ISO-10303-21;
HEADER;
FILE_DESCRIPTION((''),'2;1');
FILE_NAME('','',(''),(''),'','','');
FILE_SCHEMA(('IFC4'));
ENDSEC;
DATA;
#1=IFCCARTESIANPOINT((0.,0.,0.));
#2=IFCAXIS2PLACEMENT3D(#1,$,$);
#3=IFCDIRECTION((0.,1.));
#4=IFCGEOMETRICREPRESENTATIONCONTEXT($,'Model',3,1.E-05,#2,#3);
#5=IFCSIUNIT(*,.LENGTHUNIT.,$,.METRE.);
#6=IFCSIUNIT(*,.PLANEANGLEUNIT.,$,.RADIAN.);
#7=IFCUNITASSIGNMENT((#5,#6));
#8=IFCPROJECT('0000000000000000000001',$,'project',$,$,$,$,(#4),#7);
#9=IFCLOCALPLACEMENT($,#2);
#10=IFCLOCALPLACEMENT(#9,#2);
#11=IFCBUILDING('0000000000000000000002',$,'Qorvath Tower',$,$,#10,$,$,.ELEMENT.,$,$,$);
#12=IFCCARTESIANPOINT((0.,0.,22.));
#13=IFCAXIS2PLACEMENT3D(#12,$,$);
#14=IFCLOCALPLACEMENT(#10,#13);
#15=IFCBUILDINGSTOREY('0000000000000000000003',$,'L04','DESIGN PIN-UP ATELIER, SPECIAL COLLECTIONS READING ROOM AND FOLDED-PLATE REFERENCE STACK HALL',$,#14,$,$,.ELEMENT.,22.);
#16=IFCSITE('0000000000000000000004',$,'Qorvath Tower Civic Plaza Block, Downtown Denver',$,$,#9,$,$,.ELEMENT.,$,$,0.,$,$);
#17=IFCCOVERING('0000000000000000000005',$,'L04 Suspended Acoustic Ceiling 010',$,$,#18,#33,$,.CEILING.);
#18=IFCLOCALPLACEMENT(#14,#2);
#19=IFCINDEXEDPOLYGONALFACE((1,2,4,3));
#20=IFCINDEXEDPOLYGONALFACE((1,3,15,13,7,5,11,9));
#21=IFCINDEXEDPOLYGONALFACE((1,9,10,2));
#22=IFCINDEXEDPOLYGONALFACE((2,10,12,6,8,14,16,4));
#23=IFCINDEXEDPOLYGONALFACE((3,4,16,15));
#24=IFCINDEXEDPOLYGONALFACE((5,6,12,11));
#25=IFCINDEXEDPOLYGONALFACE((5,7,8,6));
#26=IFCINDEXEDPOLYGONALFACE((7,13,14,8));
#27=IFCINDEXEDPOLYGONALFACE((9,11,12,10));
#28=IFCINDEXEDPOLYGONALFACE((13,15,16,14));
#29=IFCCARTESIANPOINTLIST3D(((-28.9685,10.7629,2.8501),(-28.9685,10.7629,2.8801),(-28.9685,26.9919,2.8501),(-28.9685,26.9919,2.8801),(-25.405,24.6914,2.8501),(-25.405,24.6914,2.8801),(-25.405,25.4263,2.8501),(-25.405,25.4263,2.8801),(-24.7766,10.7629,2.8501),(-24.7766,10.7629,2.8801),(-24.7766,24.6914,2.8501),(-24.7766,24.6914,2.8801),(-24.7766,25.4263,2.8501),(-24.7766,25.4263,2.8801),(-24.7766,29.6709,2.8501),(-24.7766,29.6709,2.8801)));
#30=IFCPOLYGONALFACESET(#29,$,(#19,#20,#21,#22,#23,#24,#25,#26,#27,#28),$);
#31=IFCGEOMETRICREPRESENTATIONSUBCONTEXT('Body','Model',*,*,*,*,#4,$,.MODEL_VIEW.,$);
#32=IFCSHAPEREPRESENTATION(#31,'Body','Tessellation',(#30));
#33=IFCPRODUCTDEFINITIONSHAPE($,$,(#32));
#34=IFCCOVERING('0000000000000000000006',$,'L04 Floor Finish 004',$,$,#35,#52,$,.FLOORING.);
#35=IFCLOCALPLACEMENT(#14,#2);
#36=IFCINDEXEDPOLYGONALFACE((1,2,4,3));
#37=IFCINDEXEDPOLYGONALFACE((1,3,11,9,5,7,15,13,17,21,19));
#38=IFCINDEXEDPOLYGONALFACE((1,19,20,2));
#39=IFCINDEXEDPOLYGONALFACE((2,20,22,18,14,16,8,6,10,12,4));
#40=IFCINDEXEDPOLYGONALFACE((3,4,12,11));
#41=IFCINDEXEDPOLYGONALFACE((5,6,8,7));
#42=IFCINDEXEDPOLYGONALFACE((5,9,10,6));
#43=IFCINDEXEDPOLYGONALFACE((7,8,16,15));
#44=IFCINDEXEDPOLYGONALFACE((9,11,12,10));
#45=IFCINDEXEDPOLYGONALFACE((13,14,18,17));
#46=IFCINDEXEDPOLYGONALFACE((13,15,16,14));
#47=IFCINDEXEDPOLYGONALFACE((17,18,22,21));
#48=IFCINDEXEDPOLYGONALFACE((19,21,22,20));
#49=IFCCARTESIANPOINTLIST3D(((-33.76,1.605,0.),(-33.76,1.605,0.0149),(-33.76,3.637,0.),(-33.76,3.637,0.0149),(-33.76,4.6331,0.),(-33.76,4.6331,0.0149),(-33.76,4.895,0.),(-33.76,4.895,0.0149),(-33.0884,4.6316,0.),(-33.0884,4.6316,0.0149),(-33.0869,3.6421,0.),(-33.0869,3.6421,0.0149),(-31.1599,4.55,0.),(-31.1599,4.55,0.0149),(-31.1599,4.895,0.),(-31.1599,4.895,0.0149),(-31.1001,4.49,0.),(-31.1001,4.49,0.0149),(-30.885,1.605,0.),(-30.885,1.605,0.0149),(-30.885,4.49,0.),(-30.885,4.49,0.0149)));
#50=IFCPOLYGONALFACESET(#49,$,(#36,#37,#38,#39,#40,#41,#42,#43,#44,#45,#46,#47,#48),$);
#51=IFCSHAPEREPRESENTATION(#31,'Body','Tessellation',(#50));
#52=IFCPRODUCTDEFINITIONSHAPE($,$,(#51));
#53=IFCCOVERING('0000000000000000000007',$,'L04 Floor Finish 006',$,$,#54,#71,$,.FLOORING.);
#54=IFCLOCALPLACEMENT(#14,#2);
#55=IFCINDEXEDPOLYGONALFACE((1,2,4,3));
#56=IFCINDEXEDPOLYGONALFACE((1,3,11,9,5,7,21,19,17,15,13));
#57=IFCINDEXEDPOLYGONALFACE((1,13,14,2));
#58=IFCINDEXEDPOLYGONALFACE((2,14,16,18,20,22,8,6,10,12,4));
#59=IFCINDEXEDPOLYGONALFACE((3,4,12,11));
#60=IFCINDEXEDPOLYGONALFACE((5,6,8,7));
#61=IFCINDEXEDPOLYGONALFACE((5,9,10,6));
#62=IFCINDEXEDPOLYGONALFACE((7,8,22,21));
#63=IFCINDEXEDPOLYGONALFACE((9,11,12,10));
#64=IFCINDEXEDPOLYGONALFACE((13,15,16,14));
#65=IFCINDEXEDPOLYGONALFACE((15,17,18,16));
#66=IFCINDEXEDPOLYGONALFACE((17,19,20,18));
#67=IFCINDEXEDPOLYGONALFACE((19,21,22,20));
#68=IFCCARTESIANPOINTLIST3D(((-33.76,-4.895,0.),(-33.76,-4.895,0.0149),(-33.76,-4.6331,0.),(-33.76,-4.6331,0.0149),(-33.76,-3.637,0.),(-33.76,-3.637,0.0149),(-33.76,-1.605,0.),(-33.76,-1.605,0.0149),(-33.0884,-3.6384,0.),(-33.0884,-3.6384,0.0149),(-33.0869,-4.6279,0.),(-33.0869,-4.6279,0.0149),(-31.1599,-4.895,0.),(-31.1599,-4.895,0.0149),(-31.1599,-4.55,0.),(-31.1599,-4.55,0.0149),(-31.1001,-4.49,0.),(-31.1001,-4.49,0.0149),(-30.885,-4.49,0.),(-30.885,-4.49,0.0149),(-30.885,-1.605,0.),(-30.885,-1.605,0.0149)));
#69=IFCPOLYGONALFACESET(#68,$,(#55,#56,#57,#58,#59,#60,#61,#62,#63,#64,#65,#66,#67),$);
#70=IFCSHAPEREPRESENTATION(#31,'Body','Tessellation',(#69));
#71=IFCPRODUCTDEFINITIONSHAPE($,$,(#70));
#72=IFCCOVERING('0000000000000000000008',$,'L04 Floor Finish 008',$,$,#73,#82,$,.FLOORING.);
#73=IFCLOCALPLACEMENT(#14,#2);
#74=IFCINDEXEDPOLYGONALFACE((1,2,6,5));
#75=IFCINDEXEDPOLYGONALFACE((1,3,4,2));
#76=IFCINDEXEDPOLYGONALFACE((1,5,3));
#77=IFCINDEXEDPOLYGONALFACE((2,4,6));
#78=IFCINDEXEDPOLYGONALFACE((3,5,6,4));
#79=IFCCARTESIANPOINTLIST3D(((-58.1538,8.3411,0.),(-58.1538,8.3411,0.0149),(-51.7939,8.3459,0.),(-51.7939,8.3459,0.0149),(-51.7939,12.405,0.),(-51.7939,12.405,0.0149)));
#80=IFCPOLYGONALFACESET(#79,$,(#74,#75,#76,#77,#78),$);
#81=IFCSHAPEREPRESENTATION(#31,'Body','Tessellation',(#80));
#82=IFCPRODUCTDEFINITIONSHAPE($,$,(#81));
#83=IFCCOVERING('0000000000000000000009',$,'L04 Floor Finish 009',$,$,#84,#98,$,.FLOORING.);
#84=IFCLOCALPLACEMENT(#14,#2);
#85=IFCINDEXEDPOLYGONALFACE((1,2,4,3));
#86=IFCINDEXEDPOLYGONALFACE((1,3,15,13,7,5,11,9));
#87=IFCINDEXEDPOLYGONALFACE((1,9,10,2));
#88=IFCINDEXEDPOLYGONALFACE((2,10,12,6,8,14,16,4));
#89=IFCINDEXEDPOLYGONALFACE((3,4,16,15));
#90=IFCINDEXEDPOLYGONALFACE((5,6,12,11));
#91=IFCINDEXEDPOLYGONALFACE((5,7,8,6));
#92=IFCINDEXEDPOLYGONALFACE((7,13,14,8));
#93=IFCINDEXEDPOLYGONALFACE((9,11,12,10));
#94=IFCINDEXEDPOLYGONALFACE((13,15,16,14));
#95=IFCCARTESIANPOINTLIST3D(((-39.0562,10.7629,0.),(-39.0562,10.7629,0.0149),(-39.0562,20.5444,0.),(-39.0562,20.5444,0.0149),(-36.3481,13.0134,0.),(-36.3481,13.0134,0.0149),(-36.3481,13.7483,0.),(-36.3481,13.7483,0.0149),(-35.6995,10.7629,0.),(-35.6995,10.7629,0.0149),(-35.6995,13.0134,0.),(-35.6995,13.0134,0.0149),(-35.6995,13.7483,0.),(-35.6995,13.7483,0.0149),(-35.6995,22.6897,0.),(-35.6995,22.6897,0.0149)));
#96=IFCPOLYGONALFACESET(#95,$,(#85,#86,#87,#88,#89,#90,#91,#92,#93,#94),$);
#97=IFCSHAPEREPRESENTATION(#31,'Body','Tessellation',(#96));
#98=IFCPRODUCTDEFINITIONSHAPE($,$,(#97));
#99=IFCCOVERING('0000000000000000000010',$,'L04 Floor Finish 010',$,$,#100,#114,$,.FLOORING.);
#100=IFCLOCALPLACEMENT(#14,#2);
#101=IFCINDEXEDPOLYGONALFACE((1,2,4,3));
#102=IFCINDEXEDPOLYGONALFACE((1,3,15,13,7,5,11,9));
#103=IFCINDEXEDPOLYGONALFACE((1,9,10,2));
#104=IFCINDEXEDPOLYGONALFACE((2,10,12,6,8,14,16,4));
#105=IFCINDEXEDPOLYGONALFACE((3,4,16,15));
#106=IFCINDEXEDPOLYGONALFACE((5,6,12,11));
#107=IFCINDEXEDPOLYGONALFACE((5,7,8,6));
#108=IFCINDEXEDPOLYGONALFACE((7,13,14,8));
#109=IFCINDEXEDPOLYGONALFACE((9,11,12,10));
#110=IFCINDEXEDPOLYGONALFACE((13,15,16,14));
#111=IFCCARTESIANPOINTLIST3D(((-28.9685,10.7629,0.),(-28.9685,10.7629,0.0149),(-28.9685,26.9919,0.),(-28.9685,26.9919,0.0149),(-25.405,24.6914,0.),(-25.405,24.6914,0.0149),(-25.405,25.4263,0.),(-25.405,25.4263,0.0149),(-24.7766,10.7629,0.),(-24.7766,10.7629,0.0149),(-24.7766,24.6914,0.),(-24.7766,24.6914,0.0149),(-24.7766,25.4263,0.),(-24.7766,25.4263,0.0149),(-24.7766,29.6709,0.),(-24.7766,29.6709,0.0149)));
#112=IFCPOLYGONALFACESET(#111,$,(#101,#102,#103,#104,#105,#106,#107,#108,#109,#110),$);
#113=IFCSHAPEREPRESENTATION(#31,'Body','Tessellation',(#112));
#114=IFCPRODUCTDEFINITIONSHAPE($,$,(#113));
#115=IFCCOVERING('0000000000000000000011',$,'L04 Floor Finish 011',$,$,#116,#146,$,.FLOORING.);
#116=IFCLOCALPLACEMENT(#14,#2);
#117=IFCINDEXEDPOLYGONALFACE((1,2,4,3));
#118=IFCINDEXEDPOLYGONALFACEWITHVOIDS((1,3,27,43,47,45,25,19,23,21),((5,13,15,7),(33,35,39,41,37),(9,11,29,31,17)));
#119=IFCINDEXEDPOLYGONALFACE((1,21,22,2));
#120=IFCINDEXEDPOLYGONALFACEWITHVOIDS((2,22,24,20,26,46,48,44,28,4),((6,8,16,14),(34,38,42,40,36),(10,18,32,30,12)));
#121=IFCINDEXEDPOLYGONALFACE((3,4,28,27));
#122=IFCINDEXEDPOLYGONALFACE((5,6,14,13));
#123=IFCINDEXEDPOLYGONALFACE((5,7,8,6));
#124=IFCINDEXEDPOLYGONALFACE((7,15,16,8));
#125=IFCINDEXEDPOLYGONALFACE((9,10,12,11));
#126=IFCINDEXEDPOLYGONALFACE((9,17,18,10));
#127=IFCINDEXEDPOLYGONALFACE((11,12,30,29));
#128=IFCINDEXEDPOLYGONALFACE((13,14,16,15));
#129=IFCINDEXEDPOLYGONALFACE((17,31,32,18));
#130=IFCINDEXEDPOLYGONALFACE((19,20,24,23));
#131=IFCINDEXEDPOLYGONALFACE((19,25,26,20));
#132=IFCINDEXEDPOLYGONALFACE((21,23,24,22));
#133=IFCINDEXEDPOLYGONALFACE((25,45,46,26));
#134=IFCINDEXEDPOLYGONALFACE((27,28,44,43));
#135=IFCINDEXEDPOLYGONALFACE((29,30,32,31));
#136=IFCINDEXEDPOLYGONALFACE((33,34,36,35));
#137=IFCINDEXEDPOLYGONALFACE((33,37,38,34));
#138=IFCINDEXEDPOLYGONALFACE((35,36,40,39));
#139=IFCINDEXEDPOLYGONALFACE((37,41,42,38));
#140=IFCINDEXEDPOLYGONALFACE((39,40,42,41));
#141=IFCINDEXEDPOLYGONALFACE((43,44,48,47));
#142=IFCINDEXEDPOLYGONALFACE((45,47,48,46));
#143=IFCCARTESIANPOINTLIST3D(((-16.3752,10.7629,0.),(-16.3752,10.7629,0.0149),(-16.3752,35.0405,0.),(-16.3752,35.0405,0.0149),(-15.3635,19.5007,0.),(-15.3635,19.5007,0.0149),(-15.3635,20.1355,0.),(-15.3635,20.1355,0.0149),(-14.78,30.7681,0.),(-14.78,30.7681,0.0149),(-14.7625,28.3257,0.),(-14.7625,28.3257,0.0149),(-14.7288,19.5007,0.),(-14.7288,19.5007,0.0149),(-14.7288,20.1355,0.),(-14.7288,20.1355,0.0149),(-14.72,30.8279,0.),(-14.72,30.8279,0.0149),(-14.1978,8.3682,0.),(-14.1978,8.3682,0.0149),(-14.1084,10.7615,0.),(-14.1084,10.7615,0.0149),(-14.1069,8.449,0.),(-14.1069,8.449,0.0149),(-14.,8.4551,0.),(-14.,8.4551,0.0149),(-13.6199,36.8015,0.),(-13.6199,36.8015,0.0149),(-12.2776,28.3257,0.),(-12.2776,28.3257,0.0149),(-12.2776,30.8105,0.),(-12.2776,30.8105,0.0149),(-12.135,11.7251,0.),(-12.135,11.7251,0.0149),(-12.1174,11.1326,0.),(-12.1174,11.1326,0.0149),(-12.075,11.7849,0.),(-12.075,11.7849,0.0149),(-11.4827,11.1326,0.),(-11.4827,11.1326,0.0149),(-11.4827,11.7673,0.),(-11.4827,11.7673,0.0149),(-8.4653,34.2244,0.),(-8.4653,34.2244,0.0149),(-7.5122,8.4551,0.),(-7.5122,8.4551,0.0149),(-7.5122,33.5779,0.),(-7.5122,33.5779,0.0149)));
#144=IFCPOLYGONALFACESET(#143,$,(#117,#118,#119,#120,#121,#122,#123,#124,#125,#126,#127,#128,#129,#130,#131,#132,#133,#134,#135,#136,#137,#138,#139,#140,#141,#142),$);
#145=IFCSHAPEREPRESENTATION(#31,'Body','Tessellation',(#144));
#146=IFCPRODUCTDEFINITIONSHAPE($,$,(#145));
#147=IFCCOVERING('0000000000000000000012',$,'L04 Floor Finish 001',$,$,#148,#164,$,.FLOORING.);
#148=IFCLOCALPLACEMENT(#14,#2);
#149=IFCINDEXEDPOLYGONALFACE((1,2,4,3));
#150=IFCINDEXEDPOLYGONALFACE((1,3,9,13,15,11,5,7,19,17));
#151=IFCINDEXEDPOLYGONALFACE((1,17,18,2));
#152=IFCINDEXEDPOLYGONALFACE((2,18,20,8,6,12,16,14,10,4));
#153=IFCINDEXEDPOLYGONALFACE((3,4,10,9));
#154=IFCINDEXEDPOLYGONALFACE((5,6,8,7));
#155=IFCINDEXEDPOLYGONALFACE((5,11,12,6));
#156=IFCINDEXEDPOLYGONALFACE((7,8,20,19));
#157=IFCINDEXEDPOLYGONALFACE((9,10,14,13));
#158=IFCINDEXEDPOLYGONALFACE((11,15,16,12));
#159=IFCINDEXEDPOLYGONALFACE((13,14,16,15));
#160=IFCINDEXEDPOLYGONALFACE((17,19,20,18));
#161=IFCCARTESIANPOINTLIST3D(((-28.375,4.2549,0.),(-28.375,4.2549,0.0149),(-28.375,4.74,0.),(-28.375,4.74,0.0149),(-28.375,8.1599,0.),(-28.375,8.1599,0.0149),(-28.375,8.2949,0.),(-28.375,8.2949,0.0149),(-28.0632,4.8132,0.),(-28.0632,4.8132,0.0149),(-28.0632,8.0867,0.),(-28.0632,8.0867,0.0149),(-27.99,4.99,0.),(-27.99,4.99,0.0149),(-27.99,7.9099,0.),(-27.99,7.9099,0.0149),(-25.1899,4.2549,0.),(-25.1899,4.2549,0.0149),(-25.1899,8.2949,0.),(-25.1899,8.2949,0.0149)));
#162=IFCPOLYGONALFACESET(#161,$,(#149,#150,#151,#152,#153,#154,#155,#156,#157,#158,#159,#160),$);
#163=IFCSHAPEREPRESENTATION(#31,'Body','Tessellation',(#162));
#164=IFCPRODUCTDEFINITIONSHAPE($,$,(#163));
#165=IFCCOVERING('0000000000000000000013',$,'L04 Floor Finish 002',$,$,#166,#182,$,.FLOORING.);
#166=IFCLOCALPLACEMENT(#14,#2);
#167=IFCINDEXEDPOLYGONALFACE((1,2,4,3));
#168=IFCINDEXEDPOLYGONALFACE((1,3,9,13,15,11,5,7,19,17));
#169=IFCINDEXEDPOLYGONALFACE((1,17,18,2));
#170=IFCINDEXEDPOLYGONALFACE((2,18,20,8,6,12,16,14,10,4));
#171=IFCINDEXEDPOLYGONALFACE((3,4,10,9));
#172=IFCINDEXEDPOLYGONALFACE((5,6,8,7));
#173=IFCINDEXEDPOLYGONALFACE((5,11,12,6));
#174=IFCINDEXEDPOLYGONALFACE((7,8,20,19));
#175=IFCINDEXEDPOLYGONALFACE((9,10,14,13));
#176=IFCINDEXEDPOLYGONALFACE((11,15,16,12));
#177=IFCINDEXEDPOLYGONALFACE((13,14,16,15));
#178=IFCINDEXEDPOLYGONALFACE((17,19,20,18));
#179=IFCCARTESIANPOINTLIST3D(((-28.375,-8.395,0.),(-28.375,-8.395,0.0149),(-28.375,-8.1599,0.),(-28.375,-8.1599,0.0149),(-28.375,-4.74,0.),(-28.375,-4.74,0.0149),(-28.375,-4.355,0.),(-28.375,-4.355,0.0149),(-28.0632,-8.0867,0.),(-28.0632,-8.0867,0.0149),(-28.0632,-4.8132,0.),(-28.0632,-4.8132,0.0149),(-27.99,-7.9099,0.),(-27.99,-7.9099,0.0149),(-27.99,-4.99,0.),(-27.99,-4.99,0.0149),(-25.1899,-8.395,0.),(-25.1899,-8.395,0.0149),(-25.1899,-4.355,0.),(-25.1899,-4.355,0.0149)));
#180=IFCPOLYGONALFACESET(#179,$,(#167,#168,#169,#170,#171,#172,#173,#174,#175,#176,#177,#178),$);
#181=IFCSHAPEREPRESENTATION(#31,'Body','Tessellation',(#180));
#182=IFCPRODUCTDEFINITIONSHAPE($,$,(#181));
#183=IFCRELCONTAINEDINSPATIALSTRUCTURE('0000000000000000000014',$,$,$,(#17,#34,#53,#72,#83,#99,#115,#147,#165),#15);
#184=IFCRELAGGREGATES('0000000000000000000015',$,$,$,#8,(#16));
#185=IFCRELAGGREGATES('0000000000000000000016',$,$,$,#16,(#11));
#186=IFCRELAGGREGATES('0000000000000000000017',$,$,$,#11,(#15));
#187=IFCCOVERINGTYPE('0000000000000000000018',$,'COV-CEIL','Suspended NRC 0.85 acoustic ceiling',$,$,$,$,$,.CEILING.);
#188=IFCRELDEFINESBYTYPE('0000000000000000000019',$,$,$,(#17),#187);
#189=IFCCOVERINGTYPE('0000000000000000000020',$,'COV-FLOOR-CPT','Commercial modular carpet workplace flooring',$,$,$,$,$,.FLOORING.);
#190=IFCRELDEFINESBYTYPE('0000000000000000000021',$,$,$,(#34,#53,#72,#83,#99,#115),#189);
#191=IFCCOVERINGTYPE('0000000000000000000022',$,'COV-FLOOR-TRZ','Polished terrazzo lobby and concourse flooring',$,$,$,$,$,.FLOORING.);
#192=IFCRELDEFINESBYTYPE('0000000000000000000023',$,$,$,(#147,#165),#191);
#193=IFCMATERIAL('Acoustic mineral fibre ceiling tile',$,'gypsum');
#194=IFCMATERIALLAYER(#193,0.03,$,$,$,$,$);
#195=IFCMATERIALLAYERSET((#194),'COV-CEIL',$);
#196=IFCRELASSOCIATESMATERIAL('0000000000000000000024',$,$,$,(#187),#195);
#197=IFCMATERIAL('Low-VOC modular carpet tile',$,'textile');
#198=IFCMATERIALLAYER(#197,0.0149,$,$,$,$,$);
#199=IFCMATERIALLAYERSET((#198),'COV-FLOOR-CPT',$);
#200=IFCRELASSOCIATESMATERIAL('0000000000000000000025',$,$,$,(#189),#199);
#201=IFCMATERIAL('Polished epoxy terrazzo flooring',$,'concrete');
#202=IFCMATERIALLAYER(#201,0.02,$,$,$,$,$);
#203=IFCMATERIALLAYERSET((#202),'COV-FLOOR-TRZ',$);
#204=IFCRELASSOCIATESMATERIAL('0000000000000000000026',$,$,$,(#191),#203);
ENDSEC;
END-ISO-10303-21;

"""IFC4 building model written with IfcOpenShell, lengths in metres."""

from ifc_helpers import new_model, si_unit, direction, frame, origin, place, context, subcontext, project, spatial, polyline, outline, extrude, material, layer, layer_set, type_object, element, save


model = new_model("IFC4")

# Units and contexts
model_context = context("Model", 3, precision=1e-05, world=origin(), true_north=direction((0.0, 1.0)))
body_context = subcontext(model_context, "Body", "Model", "MODEL_VIEW")
ifc_project = project(units=[si_unit("LENGTHUNIT", "METRE"), si_unit("PLANEANGLEUNIT", "RADIAN")], contexts=[model_context])

# Site, building, storey
site_placement = place(None, origin())
site = spatial("IfcSite", under=ifc_project, at=site_placement, Name="Qorvath Tower Civic Plaza Block, Downtown Denver", CompositionType="ELEMENT", RefElevation=0.0)
building_placement = place(site_placement, origin())
building = spatial("IfcBuilding", under=site, at=building_placement, Name="Qorvath Tower", CompositionType="ELEMENT")
storey_placement = place(building_placement, frame((0.0, 0.0, 22.0)))
storey = spatial("IfcBuildingStorey", under=building, at=storey_placement, Name="L04", Description="DESIGN PIN-UP ATELIER, SPECIAL COLLECTIONS READING ROOM AND FOLDED-PLATE REFERENCE STACK HALL", CompositionType="ELEMENT", Elevation=22.0)

# Coverings
ifc_material_1 = material(Name="Acoustic mineral fibre ceiling tile", Category="gypsum")
ifc_layer_1 = layer(ifc_material_1, 0.03)
ifc_layer_set_1 = layer_set([ifc_layer_1], Name="COV-CEIL")
covering_type_1 = type_object("IfcCoveringType", Name="COV-CEIL", Description="Suspended NRC 0.85 acoustic ceiling", PredefinedType="CEILING", material=ifc_layer_set_1)
covering_1_placement = place(storey_placement, frame((0.0, 0.0, 2.8501)))
element("IfcCovering", 1, at=covering_1_placement, inside=storey, type_object=covering_type_1, Name="L04 Suspended Acoustic Ceiling 010", PredefinedType="CEILING", context=body_context, shape_type="SweptSolid", body=[
    extrude(outline(polyline([(-28.9685, 10.7629), (-24.7766, 10.7629), (-24.7766, 24.6914), (-25.405, 24.6914), (-25.405, 25.4263), (-24.7766, 25.4263), (-24.7766, 29.6709), (-28.9685, 26.9919), (-28.9685, 10.7629)])), origin(), (0.0, 0.0, 1.0), 0.03),
])
ifc_material_2 = material(Name="Low-VOC modular carpet tile", Category="textile")
ifc_layer_2 = layer(ifc_material_2, 0.0149)
ifc_layer_set_2 = layer_set([ifc_layer_2], Name="COV-FLOOR-CPT")
covering_type_2 = type_object("IfcCoveringType", Name="COV-FLOOR-CPT", Description="Commercial modular carpet workplace flooring", PredefinedType="FLOORING", material=ifc_layer_set_2)
covering_2_placement = place(storey_placement, origin())
element("IfcCovering", 2, at=covering_2_placement, inside=storey, type_object=covering_type_2, Name="L04 Floor Finish 004", PredefinedType="FLOORING", context=body_context, shape_type="SweptSolid", body=[
    extrude(outline(polyline([(-31.1599, 4.895), (-33.76, 4.895), (-33.76, 4.6331), (-33.0884, 4.6316), (-33.0869, 3.6421), (-33.76, 3.637), (-33.76, 1.605), (-30.885, 1.605), (-30.885, 4.49), (-31.1001, 4.49), (-31.1599, 4.55), (-31.1599, 4.895)])), origin(), (0.0, 0.0, 1.0), 0.0149),
])
covering_3_placement = place(storey_placement, origin())
element("IfcCovering", 3, at=covering_3_placement, inside=storey, type_object=covering_type_2, Name="L04 Floor Finish 006", PredefinedType="FLOORING", context=body_context, shape_type="SweptSolid", body=[
    extrude(outline(polyline([(-30.885, -4.49), (-30.885, -1.605), (-33.76, -1.605), (-33.76, -3.637), (-33.0884, -3.6384), (-33.0869, -4.6279), (-33.76, -4.6331), (-33.76, -4.895), (-31.1599, -4.895), (-31.1599, -4.55), (-31.1001, -4.49), (-30.885, -4.49)])), origin(), (0.0, 0.0, 1.0), 0.0149),
])
covering_4_placement = place(storey_placement, origin())
element("IfcCovering", 4, at=covering_4_placement, inside=storey, type_object=covering_type_2, Name="L04 Floor Finish 008", PredefinedType="FLOORING", context=body_context, shape_type="SweptSolid", body=[
    extrude(outline(polyline([(-51.7939, 8.3459), (-51.7939, 12.405), (-58.1538, 8.3411), (-51.7939, 8.3459)])), origin(), (0.0, 0.0, 1.0), 0.0149),
])
covering_5_placement = place(storey_placement, origin())
element("IfcCovering", 5, at=covering_5_placement, inside=storey, type_object=covering_type_2, Name="L04 Floor Finish 009", PredefinedType="FLOORING", context=body_context, shape_type="SweptSolid", body=[
    extrude(outline(polyline([(-39.0562, 10.7629), (-35.6995, 10.7629), (-35.6995, 13.0134), (-36.3481, 13.0134), (-36.3481, 13.7483), (-35.6995, 13.7483), (-35.6995, 22.6897), (-39.0562, 20.5444), (-39.0562, 10.7629)])), origin(), (0.0, 0.0, 1.0), 0.0149),
])
covering_6_placement = place(storey_placement, origin())
element("IfcCovering", 6, at=covering_6_placement, inside=storey, type_object=covering_type_2, Name="L04 Floor Finish 010", PredefinedType="FLOORING", context=body_context, shape_type="SweptSolid", body=[
    extrude(outline(polyline([(-28.9685, 10.7629), (-24.7766, 10.7629), (-24.7766, 24.6914), (-25.405, 24.6914), (-25.405, 25.4263), (-24.7766, 25.4263), (-24.7766, 29.6709), (-28.9685, 26.9919), (-28.9685, 10.7629)])), origin(), (0.0, 0.0, 1.0), 0.0149),
])
covering_7_placement = place(storey_placement, origin())
element("IfcCovering", 7, at=covering_7_placement, inside=storey, type_object=covering_type_2, Name="L04 Floor Finish 011", PredefinedType="FLOORING", context=body_context, shape_type="SweptSolid", body=[
    extrude(outline(polyline([(-7.5122, 8.4551), (-7.5122, 33.5779), (-8.4653, 34.2244), (-13.6199, 36.8015), (-16.3752, 35.0405), (-16.3752, 10.7629), (-14.1084, 10.7615), (-14.1069, 8.449), (-14.1978, 8.3682), (-14.0, 8.4551), (-7.5122, 8.4551)]), holes=[polyline([(-12.135, 11.7251), (-12.075, 11.7849), (-11.4827, 11.7673), (-11.4827, 11.1326), (-12.1174, 11.1326), (-12.135, 11.7251)]), polyline([(-14.78, 30.7681), (-14.72, 30.8279), (-12.2776, 30.8105), (-12.2776, 28.3257), (-14.7625, 28.3257), (-14.78, 30.7681)]), polyline([(-15.3635, 20.1355), (-14.7288, 20.1355), (-14.7288, 19.5007), (-15.3635, 19.5007), (-15.3635, 20.1355)])]), origin(), (0.0, 0.0, 1.0), 0.0149),
])
ifc_material_3 = material(Name="Polished epoxy terrazzo flooring", Category="concrete")
ifc_layer_3 = layer(ifc_material_3, 0.02)
ifc_layer_set_3 = layer_set([ifc_layer_3], Name="COV-FLOOR-TRZ")
covering_type_3 = type_object("IfcCoveringType", Name="COV-FLOOR-TRZ", Description="Polished terrazzo lobby and concourse flooring", PredefinedType="FLOORING", material=ifc_layer_set_3)
covering_8_placement = place(storey_placement, origin())
element("IfcCovering", 8, at=covering_8_placement, inside=storey, type_object=covering_type_3, Name="L04 Floor Finish 001", PredefinedType="FLOORING", context=body_context, shape_type="SweptSolid", body=[
    extrude(outline(polyline([(-25.1899, 4.2549), (-25.1899, 8.2949), (-28.375, 8.2949), (-28.375, 8.1599), (-28.0632, 8.0867), (-27.99, 7.9099), (-27.99, 4.99), (-28.0632, 4.8132), (-28.375, 4.74), (-28.375, 4.2549), (-25.1899, 4.2549)])), origin(), (0.0, 0.0, 1.0), 0.0149),
])
covering_9_placement = place(storey_placement, origin())
element("IfcCovering", 9, at=covering_9_placement, inside=storey, type_object=covering_type_3, Name="L04 Floor Finish 002", PredefinedType="FLOORING", context=body_context, shape_type="SweptSolid", body=[
    extrude(outline(polyline([(-25.1899, -8.395), (-25.1899, -4.355), (-28.375, -4.355), (-28.375, -4.74), (-28.0632, -4.8132), (-27.99, -4.99), (-27.99, -7.9099), (-28.0632, -8.0867), (-28.375, -8.1599), (-28.375, -8.395), (-25.1899, -8.395)])), origin(), (0.0, 0.0, 1.0), 0.0149),
])

save(model, "model.ifc")
